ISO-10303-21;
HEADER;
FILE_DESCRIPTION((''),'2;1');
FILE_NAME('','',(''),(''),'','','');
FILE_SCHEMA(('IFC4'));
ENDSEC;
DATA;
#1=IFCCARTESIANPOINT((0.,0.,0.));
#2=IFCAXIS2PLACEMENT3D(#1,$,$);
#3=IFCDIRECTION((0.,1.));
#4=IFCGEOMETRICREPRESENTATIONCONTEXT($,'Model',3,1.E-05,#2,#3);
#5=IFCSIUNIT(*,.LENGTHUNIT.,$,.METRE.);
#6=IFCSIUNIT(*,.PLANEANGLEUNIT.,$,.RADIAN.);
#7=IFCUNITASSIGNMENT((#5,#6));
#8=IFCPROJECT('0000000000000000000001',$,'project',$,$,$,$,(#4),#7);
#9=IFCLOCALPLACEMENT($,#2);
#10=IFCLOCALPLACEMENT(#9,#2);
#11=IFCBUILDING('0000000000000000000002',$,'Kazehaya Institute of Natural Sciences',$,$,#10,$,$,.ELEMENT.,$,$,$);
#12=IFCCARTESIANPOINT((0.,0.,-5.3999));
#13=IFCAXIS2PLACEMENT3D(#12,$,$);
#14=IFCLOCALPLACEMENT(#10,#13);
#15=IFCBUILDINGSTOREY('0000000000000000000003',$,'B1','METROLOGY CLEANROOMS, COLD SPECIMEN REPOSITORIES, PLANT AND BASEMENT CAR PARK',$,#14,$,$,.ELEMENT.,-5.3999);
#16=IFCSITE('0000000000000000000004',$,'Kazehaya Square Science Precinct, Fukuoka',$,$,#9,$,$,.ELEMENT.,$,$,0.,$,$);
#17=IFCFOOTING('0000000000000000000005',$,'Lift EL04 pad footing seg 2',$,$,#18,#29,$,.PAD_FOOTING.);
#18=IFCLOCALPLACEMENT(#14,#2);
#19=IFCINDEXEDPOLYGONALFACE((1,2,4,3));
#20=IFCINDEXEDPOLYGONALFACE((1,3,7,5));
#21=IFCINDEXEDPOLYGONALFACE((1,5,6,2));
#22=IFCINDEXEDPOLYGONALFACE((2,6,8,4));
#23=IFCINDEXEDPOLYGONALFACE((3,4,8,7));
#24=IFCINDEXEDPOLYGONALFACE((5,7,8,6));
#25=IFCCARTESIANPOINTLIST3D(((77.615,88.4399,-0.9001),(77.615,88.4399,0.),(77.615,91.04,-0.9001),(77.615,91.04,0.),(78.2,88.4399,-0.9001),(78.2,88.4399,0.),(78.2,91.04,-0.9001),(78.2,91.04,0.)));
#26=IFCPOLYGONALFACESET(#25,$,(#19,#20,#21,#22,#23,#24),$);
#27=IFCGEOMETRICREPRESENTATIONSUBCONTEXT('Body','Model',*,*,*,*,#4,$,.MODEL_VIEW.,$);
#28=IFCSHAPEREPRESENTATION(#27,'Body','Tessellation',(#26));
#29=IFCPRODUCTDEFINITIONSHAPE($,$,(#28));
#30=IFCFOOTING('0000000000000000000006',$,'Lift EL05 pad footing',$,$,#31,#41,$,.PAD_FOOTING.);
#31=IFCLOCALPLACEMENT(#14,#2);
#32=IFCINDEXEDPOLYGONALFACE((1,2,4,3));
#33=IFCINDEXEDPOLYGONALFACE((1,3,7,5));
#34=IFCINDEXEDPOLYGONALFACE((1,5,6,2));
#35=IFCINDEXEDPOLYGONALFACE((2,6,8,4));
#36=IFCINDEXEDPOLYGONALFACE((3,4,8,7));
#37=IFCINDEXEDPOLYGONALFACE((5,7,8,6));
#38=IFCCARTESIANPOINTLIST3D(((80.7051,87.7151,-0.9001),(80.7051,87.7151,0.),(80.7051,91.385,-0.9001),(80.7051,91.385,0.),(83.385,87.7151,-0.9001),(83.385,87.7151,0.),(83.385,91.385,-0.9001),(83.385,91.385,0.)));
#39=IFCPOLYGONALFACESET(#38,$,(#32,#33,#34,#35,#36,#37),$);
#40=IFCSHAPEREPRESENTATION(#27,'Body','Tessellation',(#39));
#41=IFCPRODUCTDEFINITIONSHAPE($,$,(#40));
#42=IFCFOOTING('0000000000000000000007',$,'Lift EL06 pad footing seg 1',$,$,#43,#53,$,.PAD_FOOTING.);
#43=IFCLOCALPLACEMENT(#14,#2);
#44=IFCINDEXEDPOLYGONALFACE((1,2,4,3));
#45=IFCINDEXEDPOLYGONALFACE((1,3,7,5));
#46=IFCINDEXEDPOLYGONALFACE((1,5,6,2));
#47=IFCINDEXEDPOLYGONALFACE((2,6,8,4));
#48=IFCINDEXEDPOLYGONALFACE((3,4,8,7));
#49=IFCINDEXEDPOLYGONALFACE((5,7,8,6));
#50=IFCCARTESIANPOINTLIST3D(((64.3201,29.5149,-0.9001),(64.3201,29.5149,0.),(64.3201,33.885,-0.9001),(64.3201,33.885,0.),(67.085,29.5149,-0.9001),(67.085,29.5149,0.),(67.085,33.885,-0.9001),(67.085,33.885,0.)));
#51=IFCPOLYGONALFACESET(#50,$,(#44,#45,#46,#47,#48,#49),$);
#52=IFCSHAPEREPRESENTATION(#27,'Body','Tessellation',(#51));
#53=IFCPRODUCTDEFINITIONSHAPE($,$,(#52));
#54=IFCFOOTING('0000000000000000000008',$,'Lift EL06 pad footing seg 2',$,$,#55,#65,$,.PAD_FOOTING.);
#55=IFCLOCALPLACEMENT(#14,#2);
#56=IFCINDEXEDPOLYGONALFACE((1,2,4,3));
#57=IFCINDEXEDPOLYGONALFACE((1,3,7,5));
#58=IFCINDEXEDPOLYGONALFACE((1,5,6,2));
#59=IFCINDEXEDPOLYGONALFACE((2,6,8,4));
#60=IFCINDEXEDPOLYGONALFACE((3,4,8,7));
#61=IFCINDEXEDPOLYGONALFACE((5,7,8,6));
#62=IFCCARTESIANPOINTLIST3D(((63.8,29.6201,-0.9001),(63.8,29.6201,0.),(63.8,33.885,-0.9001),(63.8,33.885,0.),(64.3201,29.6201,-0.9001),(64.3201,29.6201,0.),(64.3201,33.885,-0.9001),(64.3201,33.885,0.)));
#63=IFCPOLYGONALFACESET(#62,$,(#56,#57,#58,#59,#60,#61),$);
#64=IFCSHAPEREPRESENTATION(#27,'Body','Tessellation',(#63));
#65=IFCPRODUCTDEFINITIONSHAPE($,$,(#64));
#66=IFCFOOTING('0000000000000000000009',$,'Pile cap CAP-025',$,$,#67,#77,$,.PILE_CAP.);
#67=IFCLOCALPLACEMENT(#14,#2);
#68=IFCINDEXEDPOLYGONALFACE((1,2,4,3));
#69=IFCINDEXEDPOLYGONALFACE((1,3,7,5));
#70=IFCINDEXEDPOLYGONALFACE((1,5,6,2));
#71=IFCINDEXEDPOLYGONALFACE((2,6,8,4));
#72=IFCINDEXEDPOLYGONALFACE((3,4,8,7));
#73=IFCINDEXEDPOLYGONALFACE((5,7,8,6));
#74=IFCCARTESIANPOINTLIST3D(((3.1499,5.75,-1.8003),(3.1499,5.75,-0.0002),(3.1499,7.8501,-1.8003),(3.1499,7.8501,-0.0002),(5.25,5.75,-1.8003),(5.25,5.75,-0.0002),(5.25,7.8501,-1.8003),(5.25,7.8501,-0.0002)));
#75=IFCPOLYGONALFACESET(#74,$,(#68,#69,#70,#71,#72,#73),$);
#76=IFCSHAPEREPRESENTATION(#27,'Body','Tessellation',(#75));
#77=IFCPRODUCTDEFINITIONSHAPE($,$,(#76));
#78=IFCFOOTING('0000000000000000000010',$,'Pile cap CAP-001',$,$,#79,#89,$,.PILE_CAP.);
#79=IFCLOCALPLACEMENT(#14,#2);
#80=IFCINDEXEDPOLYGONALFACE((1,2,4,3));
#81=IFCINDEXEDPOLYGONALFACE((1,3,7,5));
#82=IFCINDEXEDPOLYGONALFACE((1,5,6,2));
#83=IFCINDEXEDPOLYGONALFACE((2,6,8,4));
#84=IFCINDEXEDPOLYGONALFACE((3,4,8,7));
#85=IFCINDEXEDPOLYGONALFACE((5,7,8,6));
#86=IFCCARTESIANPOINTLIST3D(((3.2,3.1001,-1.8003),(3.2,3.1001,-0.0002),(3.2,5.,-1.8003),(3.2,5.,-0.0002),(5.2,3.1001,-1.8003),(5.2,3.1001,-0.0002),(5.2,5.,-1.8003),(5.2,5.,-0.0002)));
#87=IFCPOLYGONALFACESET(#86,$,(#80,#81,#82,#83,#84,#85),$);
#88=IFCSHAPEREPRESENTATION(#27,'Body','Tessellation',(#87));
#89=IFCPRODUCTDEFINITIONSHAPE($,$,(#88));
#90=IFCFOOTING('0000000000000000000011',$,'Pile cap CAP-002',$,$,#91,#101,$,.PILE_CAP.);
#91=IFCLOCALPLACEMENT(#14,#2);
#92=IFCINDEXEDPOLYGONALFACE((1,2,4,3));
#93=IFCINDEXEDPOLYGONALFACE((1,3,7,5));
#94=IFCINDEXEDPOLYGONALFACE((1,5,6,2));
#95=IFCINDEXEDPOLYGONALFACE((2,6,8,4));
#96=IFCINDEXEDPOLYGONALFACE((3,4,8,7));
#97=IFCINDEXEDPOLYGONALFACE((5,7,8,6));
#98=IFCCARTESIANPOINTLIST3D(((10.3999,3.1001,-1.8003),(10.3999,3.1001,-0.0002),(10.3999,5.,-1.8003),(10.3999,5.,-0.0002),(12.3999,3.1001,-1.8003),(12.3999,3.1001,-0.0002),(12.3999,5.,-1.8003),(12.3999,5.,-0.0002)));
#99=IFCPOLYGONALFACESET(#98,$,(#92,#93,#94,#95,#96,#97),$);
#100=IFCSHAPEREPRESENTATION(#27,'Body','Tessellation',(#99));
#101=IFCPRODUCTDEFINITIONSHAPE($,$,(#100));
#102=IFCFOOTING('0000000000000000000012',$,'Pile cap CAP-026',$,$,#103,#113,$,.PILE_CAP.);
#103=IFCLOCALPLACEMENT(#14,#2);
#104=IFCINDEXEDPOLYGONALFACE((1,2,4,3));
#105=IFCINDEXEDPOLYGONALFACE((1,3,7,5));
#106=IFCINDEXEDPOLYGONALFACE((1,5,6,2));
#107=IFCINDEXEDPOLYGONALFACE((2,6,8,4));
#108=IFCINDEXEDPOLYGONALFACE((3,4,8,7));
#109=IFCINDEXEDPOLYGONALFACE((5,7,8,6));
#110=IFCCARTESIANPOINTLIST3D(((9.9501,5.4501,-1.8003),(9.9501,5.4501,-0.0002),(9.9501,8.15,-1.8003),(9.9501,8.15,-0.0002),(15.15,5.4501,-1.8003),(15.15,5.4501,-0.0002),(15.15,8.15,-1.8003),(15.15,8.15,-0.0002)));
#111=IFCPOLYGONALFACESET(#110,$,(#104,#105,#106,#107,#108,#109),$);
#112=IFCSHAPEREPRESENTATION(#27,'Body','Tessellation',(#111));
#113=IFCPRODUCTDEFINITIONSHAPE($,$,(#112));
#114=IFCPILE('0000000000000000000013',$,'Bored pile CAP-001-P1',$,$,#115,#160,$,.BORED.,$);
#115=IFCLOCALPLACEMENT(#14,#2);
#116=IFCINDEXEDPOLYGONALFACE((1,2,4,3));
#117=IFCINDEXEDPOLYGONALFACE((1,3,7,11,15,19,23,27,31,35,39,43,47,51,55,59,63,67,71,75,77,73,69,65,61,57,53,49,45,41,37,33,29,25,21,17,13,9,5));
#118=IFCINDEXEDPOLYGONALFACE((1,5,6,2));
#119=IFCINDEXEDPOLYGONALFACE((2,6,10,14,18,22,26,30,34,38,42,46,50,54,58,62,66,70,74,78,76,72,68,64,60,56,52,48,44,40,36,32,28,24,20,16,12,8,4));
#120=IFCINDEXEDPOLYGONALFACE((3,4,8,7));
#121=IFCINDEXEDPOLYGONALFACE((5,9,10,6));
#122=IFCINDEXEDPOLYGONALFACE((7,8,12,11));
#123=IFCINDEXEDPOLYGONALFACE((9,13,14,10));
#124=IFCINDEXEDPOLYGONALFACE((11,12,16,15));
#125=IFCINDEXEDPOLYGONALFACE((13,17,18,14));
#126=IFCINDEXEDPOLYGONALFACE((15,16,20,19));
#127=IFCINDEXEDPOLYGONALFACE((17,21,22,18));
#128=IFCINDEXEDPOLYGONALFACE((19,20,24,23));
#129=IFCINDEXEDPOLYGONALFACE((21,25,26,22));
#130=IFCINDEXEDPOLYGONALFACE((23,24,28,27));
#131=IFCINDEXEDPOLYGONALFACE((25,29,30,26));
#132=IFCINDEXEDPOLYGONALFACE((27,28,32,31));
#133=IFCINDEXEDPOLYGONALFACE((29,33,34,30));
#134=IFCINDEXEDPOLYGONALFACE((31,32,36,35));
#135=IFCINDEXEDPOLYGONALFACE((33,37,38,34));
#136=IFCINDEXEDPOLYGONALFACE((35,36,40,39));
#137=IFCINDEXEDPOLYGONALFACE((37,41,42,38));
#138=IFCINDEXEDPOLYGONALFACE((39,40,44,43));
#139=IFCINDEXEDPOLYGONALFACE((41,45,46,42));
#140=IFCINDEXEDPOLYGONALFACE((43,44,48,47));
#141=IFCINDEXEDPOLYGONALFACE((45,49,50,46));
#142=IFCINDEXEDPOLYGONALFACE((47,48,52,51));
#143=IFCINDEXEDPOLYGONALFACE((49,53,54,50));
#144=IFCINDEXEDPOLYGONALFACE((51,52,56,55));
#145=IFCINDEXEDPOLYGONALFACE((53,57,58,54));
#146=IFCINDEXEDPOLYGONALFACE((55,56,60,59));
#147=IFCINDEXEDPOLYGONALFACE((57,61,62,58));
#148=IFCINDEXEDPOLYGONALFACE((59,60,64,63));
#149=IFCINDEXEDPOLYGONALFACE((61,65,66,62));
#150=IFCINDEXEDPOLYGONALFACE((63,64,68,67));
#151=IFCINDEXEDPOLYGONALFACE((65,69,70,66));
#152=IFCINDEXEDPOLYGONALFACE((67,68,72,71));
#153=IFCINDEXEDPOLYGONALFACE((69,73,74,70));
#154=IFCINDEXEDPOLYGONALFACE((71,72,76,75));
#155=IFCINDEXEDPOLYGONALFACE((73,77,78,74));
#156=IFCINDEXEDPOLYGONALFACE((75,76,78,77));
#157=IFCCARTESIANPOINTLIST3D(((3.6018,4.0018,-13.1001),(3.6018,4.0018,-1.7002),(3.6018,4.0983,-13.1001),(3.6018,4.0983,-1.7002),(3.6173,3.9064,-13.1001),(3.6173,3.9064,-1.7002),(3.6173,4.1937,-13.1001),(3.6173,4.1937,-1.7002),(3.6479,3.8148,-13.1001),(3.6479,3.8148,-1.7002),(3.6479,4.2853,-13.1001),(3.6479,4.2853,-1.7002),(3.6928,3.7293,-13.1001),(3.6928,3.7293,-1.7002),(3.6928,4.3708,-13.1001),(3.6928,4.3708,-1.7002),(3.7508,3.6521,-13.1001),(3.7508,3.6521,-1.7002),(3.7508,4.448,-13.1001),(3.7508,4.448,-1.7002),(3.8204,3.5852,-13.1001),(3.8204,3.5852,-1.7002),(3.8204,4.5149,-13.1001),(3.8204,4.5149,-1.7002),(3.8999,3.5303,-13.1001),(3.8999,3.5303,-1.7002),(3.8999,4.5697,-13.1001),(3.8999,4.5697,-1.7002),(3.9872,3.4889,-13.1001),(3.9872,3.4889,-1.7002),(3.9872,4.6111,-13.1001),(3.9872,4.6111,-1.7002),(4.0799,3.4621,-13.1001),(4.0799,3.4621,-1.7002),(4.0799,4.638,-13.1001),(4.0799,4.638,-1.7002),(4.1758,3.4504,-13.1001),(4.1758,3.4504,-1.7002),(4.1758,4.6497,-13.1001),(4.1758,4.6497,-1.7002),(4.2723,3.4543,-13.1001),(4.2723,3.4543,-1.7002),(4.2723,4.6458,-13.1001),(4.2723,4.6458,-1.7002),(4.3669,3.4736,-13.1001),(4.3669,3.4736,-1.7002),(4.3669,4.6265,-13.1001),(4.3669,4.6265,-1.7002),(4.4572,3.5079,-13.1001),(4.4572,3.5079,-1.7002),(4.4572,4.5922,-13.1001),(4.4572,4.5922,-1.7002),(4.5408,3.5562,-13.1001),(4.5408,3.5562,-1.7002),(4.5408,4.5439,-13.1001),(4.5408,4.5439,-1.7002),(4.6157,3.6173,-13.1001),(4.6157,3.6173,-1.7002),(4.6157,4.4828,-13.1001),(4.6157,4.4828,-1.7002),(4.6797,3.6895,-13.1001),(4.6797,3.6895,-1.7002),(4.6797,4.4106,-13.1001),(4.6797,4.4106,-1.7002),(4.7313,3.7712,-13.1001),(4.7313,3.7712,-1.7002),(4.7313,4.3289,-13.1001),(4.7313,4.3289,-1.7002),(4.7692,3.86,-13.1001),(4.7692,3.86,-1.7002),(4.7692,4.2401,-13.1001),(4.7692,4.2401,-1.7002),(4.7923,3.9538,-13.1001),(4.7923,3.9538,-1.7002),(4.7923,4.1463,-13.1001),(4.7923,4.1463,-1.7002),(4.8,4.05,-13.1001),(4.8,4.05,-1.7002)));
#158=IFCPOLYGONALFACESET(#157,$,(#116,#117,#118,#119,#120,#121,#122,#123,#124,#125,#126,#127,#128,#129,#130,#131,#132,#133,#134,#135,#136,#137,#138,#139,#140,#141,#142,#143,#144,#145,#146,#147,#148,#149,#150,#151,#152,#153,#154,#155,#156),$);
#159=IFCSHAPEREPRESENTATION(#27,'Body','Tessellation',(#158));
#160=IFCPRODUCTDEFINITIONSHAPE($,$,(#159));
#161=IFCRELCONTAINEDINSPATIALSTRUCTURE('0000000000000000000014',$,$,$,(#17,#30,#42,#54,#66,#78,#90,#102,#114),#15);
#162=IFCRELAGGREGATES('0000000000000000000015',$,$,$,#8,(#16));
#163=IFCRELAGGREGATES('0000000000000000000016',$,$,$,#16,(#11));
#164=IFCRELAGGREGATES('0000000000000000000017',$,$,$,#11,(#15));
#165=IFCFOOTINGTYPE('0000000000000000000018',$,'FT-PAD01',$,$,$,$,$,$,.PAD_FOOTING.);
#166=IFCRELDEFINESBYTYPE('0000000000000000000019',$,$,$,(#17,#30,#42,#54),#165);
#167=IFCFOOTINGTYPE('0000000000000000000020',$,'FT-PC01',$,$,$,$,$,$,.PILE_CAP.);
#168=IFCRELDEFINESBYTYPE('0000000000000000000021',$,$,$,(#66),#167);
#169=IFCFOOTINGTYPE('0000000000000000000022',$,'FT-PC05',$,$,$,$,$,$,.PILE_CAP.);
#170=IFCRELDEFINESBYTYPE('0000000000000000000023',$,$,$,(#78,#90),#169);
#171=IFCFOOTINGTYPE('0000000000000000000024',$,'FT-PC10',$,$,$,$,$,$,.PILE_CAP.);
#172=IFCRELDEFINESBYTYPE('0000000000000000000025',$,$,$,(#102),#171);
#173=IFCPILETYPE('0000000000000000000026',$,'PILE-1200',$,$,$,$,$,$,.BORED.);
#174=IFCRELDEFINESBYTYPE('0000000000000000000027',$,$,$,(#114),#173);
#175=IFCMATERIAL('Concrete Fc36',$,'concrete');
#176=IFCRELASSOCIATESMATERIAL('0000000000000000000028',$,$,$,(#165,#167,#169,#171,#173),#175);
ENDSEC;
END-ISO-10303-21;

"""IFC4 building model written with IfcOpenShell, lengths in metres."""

from ifc_helpers import new_model, si_unit, direction, frame, origin, origin_2d, place, context, subcontext, project, spatial, polyline, rectangle, circle, outline, extrude, material, material_profile, profile_set, type_object, element, save


model = new_model("IFC4")

# Units and contexts
model_context = context("Model", 3, precision=1e-05, world=origin(), true_north=direction((0.0, 1.0)))
body_context = subcontext(model_context, "Body", "Model", "MODEL_VIEW")
ifc_project = project(units=[si_unit("LENGTHUNIT", "METRE"), si_unit("PLANEANGLEUNIT", "RADIAN")], contexts=[model_context])

# Site, building, storey
site_placement = place(None, origin())
site = spatial("IfcSite", under=ifc_project, at=site_placement, Name="Kazehaya Square Science Precinct, Fukuoka", CompositionType="ELEMENT", RefElevation=0.0)
building_placement = place(site_placement, origin())
building = spatial("IfcBuilding", under=site, at=building_placement, Name="Kazehaya Institute of Natural Sciences", CompositionType="ELEMENT")
storey_placement = place(building_placement, frame((0.0, 0.0, -5.3999)))
storey = spatial("IfcBuildingStorey", under=building, at=storey_placement, Name="B1", Description="METROLOGY CLEANROOMS, COLD SPECIMEN REPOSITORIES, PLANT AND BASEMENT CAR PARK", CompositionType="ELEMENT", Elevation=-5.3999)

# Footings
ifc_material_1 = material(Name="Concrete Fc36", Category="concrete")
footing_type_1 = type_object("IfcFootingType", Name="FT-PAD01", PredefinedType="PAD_FOOTING", material=ifc_material_1)
footing_1_placement = place(storey_placement, frame((0.0, 0.0, -0.9001)))
element("IfcFooting", 1, at=footing_1_placement, inside=storey, type_object=footing_type_1, Name="Lift EL04 pad footing seg 2", PredefinedType="PAD_FOOTING", context=body_context, shape_type="SweptSolid", body=[
    extrude(outline(polyline([(77.615, 88.4399), (78.2, 88.4399), (78.2, 91.04), (77.615, 91.04), (77.615, 88.4399)])), origin(), (0.0, 0.0, 1.0), 0.9001),
])
footing_2_placement = place(storey_placement, frame((0.0, 0.0, -0.9001)))
element("IfcFooting", 2, at=footing_2_placement, inside=storey, type_object=footing_type_1, Name="Lift EL05 pad footing", PredefinedType="PAD_FOOTING", context=body_context, shape_type="SweptSolid", body=[
    extrude(outline(polyline([(80.7051, 87.7151), (83.385, 87.7151), (83.385, 91.385), (80.7051, 91.385), (80.7051, 87.7151)])), origin(), (0.0, 0.0, 1.0), 0.9001),
])
footing_3_placement = place(storey_placement, frame((0.0, 0.0, -0.9001)))
element("IfcFooting", 3, at=footing_3_placement, inside=storey, type_object=footing_type_1, Name="Lift EL06 pad footing seg 1", PredefinedType="PAD_FOOTING", context=body_context, shape_type="SweptSolid", body=[
    extrude(outline(polyline([(64.3201, 29.5149), (67.085, 29.5149), (67.085, 33.885), (64.3201, 33.885), (64.3201, 29.5149)])), origin(), (0.0, 0.0, 1.0), 0.9001),
])
footing_4_placement = place(storey_placement, frame((0.0, 0.0, -0.9001)))
element("IfcFooting", 4, at=footing_4_placement, inside=storey, type_object=footing_type_1, Name="Lift EL06 pad footing seg 2", PredefinedType="PAD_FOOTING", context=body_context, shape_type="SweptSolid", body=[
    extrude(outline(polyline([(63.8, 29.6201), (64.3201, 29.6201), (64.3201, 33.885), (63.8, 33.885), (63.8, 29.6201)])), origin(), (0.0, 0.0, 1.0), 0.9001),
])
footing_type_2 = type_object("IfcFootingType", Name="FT-PC01", PredefinedType="PILE_CAP", material=ifc_material_1)
footing_5_placement = place(storey_placement, frame((4.2, 6.8, -1.8003), z_axis=(0.0, 0.0, 1.0), x_axis=(1.0, 0.0, 0.0)))
element("IfcFooting", 5, at=footing_5_placement, inside=storey, type_object=footing_type_2, Name="Pile cap CAP-025", PredefinedType="PILE_CAP", context=body_context, shape_type="SweptSolid", body=[
    extrude(rectangle(XDim=2.1001, YDim=2.1001, at=origin_2d()), origin(), (0.0, 0.0, 1.0), 1.8),
])
footing_type_3 = type_object("IfcFootingType", Name="FT-PC05", PredefinedType="PILE_CAP", material=ifc_material_1)
for number, where, z_axis, x_axis, name in (
    (6, (4.2, 4.05, -1.8003), (0.0, 0.0, 1.0), (1.0, 0.0, 0.0), "Pile cap CAP-001"),
    (7, (11.3999, 4.05, -1.8003), (0.0, 0.0, 1.0), (1.0, 0.0, 0.0), "Pile cap CAP-002"),
):
    element("IfcFooting", number, at=place(storey_placement, frame(where, z_axis=z_axis, x_axis=x_axis)), inside=storey, type_object=footing_type_3, Name=name, PredefinedType="PILE_CAP", context=body_context, shape_type="SweptSolid", body=[
        extrude(rectangle(XDim=2.0, YDim=1.8999, at=origin_2d()), origin(), (0.0, 0.0, 1.0), 1.8),
    ])
footing_type_4 = type_object("IfcFootingType", Name="FT-PC10", PredefinedType="PILE_CAP", material=ifc_material_1)
footing_6_placement = place(storey_placement, frame((12.55, 6.8, -1.8003), z_axis=(0.0, 0.0, 1.0), x_axis=(1.0, 0.0, 0.0)))
element("IfcFooting", 8, at=footing_6_placement, inside=storey, type_object=footing_type_4, Name="Pile cap CAP-026", PredefinedType="PILE_CAP", context=body_context, shape_type="SweptSolid", body=[
    extrude(rectangle(XDim=5.2, YDim=2.7, at=origin_2d()), origin(), (0.0, 0.0, 1.0), 1.8),
])

# Pile
ifc_material_profile_1 = material_profile(ifc_material_1, circle(Radius=0.6001, at=origin_2d()), Name="PILE-1200")
ifc_profile_set_1 = profile_set([ifc_material_profile_1], Name="Concrete Fc36")
pile_type = type_object("IfcPileType", Name="PILE-1200", PredefinedType="BORED", material=ifc_profile_set_1)
for number, where, z_axis, x_axis, name in (
    (9, (4.2, 4.05, -1.7002), (0.0, 0.0, -1.0), (1.0, 0.0, 0.0), "Bored pile CAP-001-P1"),
):
    element("IfcPile", number, at=place(storey_placement, frame(where, z_axis=z_axis, x_axis=x_axis)), inside=storey, type_object=pile_type, Name=name, PredefinedType="BORED", context=body_context, shape_type="SweptSolid", body=[
        extrude(circle(Radius=0.6001, at=origin_2d()), origin(), (0.0, 0.0, 1.0), 11.3999),
    ])

save(model, "model.ifc")
